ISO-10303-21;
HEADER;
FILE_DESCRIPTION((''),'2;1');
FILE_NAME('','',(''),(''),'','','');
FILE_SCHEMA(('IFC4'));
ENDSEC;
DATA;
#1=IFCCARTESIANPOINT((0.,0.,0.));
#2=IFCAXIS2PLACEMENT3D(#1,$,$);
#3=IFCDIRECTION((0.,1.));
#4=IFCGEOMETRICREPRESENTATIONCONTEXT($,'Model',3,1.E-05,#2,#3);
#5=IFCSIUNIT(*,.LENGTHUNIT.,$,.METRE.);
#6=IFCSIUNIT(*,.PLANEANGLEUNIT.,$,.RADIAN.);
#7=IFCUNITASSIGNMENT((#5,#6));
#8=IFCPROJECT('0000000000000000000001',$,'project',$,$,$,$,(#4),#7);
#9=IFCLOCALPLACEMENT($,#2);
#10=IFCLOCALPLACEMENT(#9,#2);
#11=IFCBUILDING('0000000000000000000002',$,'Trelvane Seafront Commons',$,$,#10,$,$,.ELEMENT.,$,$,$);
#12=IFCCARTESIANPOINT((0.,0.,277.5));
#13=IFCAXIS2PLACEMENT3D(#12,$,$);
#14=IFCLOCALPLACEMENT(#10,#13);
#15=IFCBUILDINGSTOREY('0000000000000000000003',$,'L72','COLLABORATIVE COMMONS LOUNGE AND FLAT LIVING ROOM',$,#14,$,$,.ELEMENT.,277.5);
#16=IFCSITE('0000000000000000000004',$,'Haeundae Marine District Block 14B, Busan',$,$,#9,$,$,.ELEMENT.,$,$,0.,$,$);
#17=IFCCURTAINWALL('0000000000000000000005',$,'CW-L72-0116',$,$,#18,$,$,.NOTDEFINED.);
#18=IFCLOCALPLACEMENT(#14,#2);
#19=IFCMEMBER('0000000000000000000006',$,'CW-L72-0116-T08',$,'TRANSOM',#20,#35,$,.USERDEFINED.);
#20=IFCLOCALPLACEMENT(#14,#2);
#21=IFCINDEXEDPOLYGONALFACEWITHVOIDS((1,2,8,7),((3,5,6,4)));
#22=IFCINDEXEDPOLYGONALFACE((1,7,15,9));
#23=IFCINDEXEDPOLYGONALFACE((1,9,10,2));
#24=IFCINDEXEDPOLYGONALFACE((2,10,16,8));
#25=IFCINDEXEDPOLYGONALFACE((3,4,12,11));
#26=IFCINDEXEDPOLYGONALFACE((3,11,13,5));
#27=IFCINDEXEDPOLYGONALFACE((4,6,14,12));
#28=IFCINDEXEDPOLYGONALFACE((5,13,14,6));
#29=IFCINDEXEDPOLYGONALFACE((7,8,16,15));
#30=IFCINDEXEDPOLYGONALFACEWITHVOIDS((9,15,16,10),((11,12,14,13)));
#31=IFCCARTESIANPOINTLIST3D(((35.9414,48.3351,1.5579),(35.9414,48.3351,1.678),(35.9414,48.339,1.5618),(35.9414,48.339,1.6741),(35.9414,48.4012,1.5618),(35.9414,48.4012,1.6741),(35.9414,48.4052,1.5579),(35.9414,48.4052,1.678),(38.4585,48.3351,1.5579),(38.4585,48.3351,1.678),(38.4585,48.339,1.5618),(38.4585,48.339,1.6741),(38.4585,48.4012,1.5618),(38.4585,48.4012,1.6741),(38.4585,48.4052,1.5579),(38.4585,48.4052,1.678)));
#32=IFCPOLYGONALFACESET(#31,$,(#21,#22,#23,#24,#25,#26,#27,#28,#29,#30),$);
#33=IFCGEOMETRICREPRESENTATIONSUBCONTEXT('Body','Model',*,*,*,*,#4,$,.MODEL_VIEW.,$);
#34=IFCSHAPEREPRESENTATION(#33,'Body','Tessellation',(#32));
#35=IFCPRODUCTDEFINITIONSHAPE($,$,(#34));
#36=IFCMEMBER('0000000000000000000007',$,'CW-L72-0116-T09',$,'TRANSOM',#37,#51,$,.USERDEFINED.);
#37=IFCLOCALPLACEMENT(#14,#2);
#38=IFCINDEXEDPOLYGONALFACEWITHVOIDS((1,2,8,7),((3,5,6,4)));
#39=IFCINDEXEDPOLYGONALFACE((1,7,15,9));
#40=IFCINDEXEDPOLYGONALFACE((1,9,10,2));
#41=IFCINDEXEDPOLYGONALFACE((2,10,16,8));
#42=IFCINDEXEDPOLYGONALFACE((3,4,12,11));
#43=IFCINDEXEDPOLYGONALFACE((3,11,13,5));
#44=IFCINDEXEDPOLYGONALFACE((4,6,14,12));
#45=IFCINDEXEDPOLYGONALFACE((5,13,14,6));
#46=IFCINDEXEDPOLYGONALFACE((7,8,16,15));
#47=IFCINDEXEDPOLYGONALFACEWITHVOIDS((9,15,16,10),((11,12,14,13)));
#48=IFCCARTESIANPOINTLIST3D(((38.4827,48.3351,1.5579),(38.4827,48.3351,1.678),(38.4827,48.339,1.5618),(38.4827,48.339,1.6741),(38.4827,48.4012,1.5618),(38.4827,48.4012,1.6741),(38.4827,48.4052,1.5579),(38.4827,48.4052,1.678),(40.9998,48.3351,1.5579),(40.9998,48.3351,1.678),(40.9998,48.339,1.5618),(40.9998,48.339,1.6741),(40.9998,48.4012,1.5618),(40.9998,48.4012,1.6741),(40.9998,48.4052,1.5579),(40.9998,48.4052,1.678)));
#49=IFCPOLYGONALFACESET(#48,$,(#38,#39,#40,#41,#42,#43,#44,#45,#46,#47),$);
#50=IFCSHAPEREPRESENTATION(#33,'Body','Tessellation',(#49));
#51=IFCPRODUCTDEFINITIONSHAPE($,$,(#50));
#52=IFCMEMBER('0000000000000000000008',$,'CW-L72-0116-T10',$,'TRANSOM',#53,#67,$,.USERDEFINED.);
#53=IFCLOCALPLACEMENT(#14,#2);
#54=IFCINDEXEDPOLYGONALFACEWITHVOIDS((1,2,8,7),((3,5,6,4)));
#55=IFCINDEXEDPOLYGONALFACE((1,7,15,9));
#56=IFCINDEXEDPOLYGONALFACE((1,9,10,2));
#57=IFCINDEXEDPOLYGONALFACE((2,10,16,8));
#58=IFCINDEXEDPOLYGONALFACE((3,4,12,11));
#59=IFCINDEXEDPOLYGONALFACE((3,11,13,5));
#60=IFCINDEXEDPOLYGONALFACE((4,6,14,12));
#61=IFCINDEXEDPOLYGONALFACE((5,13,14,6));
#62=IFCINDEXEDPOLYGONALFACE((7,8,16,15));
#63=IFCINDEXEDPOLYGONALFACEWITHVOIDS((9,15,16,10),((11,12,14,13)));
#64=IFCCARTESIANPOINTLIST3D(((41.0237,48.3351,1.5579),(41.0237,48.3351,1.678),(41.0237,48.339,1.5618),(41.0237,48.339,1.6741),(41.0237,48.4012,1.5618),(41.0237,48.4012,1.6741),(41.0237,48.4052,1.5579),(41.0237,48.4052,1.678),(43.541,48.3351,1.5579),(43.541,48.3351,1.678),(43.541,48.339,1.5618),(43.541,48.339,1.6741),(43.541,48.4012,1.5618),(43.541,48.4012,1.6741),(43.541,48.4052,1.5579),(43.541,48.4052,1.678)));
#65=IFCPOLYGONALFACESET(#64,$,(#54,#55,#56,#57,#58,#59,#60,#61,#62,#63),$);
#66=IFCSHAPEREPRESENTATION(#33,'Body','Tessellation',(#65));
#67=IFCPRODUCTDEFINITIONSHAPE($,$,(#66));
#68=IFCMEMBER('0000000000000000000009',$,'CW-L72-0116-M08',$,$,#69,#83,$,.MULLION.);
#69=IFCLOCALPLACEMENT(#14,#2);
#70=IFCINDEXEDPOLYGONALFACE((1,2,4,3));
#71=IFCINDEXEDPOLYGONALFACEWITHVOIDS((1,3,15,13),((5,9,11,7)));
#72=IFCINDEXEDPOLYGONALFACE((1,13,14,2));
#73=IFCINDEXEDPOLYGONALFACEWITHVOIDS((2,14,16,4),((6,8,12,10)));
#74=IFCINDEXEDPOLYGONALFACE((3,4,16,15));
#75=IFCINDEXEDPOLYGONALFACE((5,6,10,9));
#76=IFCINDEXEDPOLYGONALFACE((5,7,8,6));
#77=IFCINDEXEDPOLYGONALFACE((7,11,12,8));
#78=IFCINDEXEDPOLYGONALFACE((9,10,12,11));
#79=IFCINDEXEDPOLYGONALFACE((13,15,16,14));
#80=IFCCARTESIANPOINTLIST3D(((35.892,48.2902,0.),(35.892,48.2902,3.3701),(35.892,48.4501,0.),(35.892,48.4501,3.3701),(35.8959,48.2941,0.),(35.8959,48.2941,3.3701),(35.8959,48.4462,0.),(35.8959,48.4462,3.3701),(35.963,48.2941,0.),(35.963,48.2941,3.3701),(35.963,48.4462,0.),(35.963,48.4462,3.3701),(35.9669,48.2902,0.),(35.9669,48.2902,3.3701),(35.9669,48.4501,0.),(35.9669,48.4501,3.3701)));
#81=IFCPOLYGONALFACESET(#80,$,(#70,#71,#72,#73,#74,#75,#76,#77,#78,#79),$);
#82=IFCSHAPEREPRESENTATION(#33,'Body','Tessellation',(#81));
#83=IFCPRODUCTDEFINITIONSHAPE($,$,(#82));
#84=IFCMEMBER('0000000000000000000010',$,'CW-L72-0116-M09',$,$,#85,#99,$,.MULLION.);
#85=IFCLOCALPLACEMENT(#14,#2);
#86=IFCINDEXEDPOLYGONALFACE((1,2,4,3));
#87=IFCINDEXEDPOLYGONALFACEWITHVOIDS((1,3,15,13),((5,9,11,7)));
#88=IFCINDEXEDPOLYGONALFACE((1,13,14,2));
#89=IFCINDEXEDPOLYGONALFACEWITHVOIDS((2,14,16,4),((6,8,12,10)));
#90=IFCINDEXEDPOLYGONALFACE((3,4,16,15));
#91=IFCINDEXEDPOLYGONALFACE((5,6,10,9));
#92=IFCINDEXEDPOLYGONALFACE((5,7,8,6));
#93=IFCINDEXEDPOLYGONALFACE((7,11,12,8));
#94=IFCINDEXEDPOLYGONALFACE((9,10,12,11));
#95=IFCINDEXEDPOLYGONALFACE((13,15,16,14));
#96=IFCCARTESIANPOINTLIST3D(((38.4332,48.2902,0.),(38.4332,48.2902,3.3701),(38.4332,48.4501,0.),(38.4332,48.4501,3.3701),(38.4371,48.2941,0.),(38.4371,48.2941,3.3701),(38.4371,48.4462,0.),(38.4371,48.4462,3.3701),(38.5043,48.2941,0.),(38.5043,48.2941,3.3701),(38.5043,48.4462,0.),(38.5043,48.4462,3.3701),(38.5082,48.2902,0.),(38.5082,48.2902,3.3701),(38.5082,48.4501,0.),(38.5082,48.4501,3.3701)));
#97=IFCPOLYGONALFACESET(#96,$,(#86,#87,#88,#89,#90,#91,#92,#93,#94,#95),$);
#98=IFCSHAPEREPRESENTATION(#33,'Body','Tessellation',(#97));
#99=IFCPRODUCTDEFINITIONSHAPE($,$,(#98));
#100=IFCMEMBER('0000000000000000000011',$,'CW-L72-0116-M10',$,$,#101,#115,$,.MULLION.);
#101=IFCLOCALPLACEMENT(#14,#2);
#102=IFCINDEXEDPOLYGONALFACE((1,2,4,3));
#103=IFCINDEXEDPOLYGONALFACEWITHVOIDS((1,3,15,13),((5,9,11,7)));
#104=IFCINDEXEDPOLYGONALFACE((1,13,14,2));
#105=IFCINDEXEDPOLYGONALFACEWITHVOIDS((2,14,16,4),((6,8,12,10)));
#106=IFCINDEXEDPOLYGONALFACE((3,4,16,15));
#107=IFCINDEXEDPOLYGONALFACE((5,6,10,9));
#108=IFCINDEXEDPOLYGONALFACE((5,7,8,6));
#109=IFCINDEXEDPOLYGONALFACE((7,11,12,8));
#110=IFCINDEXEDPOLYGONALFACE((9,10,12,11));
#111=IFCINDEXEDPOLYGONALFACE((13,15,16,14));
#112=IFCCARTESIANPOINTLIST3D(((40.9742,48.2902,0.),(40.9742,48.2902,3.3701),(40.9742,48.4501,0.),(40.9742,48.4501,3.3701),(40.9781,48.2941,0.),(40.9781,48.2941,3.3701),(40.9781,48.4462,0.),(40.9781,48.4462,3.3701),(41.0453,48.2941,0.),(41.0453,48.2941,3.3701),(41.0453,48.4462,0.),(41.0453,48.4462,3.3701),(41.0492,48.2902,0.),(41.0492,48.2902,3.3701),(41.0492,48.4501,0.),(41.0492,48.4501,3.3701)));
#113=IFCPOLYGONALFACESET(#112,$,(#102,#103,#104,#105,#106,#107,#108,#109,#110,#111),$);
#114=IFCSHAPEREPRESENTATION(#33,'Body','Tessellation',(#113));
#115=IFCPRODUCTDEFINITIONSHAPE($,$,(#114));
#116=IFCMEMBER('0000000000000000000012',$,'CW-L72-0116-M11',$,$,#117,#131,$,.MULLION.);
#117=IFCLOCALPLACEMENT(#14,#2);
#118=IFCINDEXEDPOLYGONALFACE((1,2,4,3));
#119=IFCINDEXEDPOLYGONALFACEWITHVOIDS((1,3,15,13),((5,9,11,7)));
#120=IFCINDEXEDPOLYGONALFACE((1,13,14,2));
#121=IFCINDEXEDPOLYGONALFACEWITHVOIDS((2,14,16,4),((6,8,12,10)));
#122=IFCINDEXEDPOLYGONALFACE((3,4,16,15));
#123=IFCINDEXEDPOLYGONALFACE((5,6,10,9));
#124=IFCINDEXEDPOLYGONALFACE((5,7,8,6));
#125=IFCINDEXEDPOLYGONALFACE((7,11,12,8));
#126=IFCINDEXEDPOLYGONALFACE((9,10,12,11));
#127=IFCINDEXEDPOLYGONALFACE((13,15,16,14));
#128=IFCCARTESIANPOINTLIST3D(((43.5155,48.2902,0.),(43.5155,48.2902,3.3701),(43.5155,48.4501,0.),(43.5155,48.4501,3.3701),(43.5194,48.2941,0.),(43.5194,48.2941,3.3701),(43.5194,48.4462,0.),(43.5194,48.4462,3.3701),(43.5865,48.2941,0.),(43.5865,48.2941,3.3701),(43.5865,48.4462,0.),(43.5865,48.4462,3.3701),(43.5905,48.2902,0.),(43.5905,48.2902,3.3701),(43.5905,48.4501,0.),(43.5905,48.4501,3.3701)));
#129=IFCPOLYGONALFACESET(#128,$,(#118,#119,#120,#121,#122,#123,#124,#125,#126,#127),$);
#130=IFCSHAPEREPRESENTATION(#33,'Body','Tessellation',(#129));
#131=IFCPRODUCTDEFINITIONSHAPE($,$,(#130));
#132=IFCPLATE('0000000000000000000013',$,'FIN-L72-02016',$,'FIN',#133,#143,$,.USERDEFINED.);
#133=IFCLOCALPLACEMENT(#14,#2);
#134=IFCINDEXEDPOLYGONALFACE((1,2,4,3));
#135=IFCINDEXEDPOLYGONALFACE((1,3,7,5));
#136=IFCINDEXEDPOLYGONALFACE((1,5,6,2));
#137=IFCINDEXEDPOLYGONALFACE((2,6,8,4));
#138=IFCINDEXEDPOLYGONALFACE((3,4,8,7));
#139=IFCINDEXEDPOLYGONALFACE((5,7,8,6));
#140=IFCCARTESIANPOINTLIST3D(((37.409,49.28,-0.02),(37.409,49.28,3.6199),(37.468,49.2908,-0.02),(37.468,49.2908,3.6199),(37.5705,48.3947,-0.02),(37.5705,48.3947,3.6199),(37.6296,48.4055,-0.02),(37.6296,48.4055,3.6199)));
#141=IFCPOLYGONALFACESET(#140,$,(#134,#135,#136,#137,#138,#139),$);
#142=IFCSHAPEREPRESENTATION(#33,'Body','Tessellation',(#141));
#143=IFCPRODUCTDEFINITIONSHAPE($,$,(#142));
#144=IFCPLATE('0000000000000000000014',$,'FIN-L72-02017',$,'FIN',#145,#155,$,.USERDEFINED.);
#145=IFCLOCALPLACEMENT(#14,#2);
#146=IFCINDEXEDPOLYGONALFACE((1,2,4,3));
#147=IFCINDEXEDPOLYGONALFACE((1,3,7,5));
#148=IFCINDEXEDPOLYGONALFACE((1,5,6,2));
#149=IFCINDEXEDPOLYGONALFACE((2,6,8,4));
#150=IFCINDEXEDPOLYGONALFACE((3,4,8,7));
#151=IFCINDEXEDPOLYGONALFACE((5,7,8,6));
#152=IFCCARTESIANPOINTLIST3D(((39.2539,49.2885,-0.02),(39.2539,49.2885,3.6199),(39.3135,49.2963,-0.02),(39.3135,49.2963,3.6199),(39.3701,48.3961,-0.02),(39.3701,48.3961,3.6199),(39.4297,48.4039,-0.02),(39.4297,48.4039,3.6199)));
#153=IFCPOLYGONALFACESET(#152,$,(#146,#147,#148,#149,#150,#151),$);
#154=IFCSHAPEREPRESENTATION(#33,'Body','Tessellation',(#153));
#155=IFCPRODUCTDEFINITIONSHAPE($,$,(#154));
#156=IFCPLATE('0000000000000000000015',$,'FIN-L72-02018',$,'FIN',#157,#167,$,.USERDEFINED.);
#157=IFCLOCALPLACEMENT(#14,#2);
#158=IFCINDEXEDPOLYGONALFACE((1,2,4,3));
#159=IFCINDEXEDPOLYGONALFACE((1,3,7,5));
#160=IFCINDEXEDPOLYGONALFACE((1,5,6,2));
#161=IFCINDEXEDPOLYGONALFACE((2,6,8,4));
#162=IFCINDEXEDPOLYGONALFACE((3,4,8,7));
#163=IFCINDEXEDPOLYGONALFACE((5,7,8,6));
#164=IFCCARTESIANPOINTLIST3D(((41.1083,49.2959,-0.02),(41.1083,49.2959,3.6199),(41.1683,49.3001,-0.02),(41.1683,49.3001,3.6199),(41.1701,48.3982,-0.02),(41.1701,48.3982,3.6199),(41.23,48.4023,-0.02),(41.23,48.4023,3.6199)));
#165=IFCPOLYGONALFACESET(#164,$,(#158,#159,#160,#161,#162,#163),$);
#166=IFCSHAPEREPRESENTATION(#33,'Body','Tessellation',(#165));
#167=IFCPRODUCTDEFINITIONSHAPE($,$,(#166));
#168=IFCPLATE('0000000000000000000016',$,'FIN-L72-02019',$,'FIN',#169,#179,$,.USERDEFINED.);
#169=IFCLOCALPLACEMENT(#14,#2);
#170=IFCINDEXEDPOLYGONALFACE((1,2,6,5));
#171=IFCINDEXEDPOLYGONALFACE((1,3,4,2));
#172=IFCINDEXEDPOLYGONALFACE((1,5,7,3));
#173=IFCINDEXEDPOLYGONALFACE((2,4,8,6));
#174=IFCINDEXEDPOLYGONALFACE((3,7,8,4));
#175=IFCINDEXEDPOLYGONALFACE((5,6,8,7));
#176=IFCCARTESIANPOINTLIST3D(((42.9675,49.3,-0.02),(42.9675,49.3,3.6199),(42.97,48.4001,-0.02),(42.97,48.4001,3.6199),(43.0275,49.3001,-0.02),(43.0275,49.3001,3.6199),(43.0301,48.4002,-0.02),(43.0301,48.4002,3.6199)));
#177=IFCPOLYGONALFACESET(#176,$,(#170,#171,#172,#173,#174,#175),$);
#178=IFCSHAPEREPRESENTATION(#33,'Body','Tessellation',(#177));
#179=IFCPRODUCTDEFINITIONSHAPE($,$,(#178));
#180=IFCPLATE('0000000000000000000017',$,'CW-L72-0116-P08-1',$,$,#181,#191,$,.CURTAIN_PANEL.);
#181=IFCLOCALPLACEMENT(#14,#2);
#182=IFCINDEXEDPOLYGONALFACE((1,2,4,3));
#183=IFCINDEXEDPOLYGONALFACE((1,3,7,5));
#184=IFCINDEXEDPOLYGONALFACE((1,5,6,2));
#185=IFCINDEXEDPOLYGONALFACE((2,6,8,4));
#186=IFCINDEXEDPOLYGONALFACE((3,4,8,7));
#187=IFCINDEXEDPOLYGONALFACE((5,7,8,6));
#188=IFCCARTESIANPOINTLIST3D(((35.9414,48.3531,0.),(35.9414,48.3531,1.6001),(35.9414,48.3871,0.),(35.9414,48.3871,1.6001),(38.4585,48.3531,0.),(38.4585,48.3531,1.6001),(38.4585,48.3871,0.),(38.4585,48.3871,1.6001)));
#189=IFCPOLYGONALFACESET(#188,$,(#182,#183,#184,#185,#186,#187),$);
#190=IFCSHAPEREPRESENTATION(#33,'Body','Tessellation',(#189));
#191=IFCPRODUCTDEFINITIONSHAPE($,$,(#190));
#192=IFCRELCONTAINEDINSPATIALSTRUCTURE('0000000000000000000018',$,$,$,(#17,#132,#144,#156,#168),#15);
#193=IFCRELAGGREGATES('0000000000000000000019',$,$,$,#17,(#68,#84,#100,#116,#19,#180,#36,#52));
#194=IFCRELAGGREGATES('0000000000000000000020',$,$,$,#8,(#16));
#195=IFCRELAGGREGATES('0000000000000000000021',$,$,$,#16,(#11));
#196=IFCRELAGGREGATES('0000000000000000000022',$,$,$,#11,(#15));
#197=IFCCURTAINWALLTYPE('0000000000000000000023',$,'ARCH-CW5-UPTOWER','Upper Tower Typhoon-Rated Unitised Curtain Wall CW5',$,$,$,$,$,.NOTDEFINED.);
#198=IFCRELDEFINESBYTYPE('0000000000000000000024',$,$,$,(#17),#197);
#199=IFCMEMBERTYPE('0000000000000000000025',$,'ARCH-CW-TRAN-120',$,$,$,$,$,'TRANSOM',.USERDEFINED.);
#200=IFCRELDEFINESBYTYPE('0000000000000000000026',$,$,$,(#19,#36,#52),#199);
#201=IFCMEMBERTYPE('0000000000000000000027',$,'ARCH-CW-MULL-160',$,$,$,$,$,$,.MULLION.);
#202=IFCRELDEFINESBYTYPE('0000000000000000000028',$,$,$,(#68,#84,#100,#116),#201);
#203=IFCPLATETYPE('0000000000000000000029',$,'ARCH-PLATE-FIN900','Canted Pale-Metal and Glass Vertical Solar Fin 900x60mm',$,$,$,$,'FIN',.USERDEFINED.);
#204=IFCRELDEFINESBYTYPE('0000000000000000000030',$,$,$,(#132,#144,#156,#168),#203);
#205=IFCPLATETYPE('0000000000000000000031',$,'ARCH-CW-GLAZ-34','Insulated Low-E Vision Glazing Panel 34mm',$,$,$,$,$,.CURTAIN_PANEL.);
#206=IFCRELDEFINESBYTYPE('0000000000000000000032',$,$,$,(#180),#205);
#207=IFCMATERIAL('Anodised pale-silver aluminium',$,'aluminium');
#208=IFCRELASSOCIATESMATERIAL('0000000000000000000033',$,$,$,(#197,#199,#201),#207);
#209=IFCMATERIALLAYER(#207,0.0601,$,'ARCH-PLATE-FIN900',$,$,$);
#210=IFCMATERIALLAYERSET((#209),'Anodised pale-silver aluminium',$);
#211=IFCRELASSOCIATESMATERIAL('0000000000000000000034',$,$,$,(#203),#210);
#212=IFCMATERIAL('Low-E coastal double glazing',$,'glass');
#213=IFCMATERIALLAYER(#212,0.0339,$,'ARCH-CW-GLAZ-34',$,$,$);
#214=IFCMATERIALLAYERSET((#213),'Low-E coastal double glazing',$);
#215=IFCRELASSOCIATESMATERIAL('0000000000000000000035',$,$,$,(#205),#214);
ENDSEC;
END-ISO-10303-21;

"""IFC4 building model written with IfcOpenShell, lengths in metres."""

from ifc_helpers import new_model, si_unit, direction, frame, origin, origin_2d, place, context, subcontext, project, spatial, rectangle, hollow_rectangle, extrude, source, transform, mapped, material, layer, layer_set, material_profile, profile_set, type_object, element, aggregate, save


model = new_model("IFC4")

# Units and contexts
model_context = context("Model", 3, precision=1e-05, world=origin(), true_north=direction((0.0, 1.0)))
body_context = subcontext(model_context, "Body", "Model", "MODEL_VIEW")
ifc_project = project(units=[si_unit("LENGTHUNIT", "METRE"), si_unit("PLANEANGLEUNIT", "RADIAN")], contexts=[model_context])

# Site, building, storey
site_placement = place(None, origin())
site = spatial("IfcSite", under=ifc_project, at=site_placement, Name="Haeundae Marine District Block 14B, Busan", CompositionType="ELEMENT", RefElevation=0.0)
building_placement = place(site_placement, origin())
building = spatial("IfcBuilding", under=site, at=building_placement, Name="Trelvane Seafront Commons", CompositionType="ELEMENT")
storey_placement = place(building_placement, frame((0.0, 0.0, 277.5)))
storey = spatial("IfcBuildingStorey", under=building, at=storey_placement, Name="L72", Description="COLLABORATIVE COMMONS LOUNGE AND FLAT LIVING ROOM", CompositionType="ELEMENT", Elevation=277.5)

# Curtain wall, members
ifc_material_1 = material(Name="Anodised pale-silver aluminium", Category="aluminium")
curtain_wall_type = type_object("IfcCurtainWallType", Name="ARCH-CW5-UPTOWER", Description="Upper Tower Typhoon-Rated Unitised Curtain Wall CW5", PredefinedType="NOTDEFINED", material=ifc_material_1)
curtain_wall_placement = place(storey_placement, origin())
curtain_wall = element("IfcCurtainWall", 1, at=curtain_wall_placement, inside=storey, type_object=curtain_wall_type, Name="CW-L72-0116", PredefinedType="NOTDEFINED")
ifc_material_profile_1 = material_profile(ifc_material_1, hollow_rectangle(XDim=0.0701, YDim=0.1201, WallThickness=0.0039, at=origin_2d()), Name="TRAN-70x120x4")
ifc_profile_set_1 = profile_set([ifc_material_profile_1], Name="Anodised pale-silver aluminium")
member_type_1 = type_object("IfcMemberType", Name="ARCH-CW-TRAN-120", ElementType="TRANSOM", PredefinedType="USERDEFINED", material=ifc_profile_set_1)
shared_shape_1 = source(origin(), body_context, "Body", "SweptSolid", [
    extrude(hollow_rectangle(XDim=0.0701, YDim=0.1201, WallThickness=0.0039, at=origin_2d()), origin(), (0.0, 0.0, 1.0), 2.5171),
])
member_1_placement = place(storey_placement, frame((35.9414, 48.3701, 1.6179), z_axis=(1.0, 0.0, 0.0), x_axis=(0.0, 1.0, 0.0)))
member_1 = element("IfcMember", 2, at=member_1_placement, type_object=member_type_1, Name="CW-L72-0116-T08", ObjectType="TRANSOM", PredefinedType="USERDEFINED", context=body_context, shape_type="MappedRepresentation", body=[
    mapped(shared_shape_1, transform((0.0, 0.0, 0.0), x_axis=(1.0, 0.0, 0.0), y_axis=(0.0, 1.0, 0.0), z_axis=(0.0, 0.0, 1.0), scale=1.0)),
])
member_2_placement = place(storey_placement, frame((38.4827, 48.3701, 1.6179), z_axis=(1.0, 0.0, 0.0), x_axis=(0.0, 1.0, 0.0)))
member_2 = element("IfcMember", 3, at=member_2_placement, type_object=member_type_1, Name="CW-L72-0116-T09", ObjectType="TRANSOM", PredefinedType="USERDEFINED", context=body_context, shape_type="MappedRepresentation", body=[
    mapped(shared_shape_1, transform((0.0, 0.0, 0.0), x_axis=(1.0, 0.0, 0.0), y_axis=(0.0, 1.0, 0.0), z_axis=(0.0, 0.0, 1.0), scale=1.0)),
])
shared_shape_2 = source(origin(), body_context, "Body", "SweptSolid", [
    extrude(hollow_rectangle(XDim=0.0701, YDim=0.1201, WallThickness=0.0039, at=origin_2d()), origin(), (0.0, 0.0, 1.0), 2.5173),
])
member_3_placement = place(storey_placement, frame((41.0237, 48.3701, 1.6179), z_axis=(1.0, 0.0, 0.0), x_axis=(0.0, 1.0, 0.0)))
member_3 = element("IfcMember", 4, at=member_3_placement, type_object=member_type_1, Name="CW-L72-0116-T10", ObjectType="TRANSOM", PredefinedType="USERDEFINED", context=body_context, shape_type="MappedRepresentation", body=[
    mapped(shared_shape_2, transform((0.0, 0.0, 0.0), x_axis=(1.0, 0.0, 0.0), y_axis=(0.0, 1.0, 0.0), z_axis=(0.0, 0.0, 1.0), scale=1.0)),
])
ifc_material_profile_2 = material_profile(ifc_material_1, hollow_rectangle(XDim=0.075, YDim=0.1599, WallThickness=0.0039, at=origin_2d()), Name="MULL-75x160x4")
ifc_profile_set_2 = profile_set([ifc_material_profile_2], Name="Anodised pale-silver aluminium")
member_type_2 = type_object("IfcMemberType", Name="ARCH-CW-MULL-160", PredefinedType="MULLION", material=ifc_profile_set_2)
shared_shape_3 = source(origin(), body_context, "Body", "SweptSolid", [
    extrude(hollow_rectangle(XDim=0.075, YDim=0.1599, WallThickness=0.0039, at=origin_2d()), origin(), (0.0, 0.0, 1.0), 3.3701),
])
member_4_placement = place(storey_placement, frame((35.9294, 48.3701, 0.0), z_axis=(0.0, 0.0, 1.0), x_axis=(1.0, 0.0, 0.0)))
member_4 = element("IfcMember", 5, at=member_4_placement, type_object=member_type_2, Name="CW-L72-0116-M08", PredefinedType="MULLION", context=body_context, shape_type="MappedRepresentation", body=[
    mapped(shared_shape_3, transform((0.0, 0.0, 0.0), x_axis=(1.0, 0.0, 0.0), y_axis=(0.0, 1.0, 0.0), z_axis=(0.0, 0.0, 1.0), scale=1.0)),
])
member_5_placement = place(storey_placement, frame((38.4707, 48.3701, 0.0), z_axis=(0.0, 0.0, 1.0), x_axis=(1.0, 0.0, 0.0)))
member_5 = element("IfcMember", 6, at=member_5_placement, type_object=member_type_2, Name="CW-L72-0116-M09", PredefinedType="MULLION", context=body_context, shape_type="MappedRepresentation", body=[
    mapped(shared_shape_3, transform((0.0, 0.0, 0.0), x_axis=(1.0, 0.0, 0.0), y_axis=(0.0, 1.0, 0.0), z_axis=(0.0, 0.0, 1.0), scale=1.0)),
])
member_6_placement = place(storey_placement, frame((41.0117, 48.3701, 0.0), z_axis=(0.0, 0.0, 1.0), x_axis=(1.0, 0.0, 0.0)))
member_6 = element("IfcMember", 7, at=member_6_placement, type_object=member_type_2, Name="CW-L72-0116-M10", PredefinedType="MULLION", context=body_context, shape_type="MappedRepresentation", body=[
    mapped(shared_shape_3, transform((0.0, 0.0, 0.0), x_axis=(1.0, 0.0, 0.0), y_axis=(0.0, 1.0, 0.0), z_axis=(0.0, 0.0, 1.0), scale=1.0)),
])
member_7_placement = place(storey_placement, frame((43.553, 48.3701, 0.0), z_axis=(0.0, 0.0, 1.0), x_axis=(1.0, 0.0, 0.0)))
member_7 = element("IfcMember", 8, at=member_7_placement, type_object=member_type_2, Name="CW-L72-0116-M11", PredefinedType="MULLION", context=body_context, shape_type="MappedRepresentation", body=[
    mapped(shared_shape_3, transform((0.0, 0.0, 0.0), x_axis=(1.0, 0.0, 0.0), y_axis=(0.0, 1.0, 0.0), z_axis=(0.0, 0.0, 1.0), scale=1.0)),
])

# Plates
ifc_layer_1 = layer(ifc_material_1, 0.0601, Name="ARCH-PLATE-FIN900")
ifc_layer_set_1 = layer_set([ifc_layer_1], Name="Anodised pale-silver aluminium")
plate_type_1 = type_object("IfcPlateType", Name="ARCH-PLATE-FIN900", Description="Canted Pale-Metal and Glass Vertical Solar Fin 900x60mm", ElementType="FIN", PredefinedType="USERDEFINED", material=ifc_layer_set_1)
shared_shape_4 = source(origin(), body_context, "Body", "SweptSolid", [
    extrude(rectangle(XDim=0.8999, YDim=0.0601, at=origin_2d()), origin(), (0.0, 0.0, 1.0), 3.6399),
])
for number, where, z_axis, x_axis, name in (
    (9, (37.5193, 48.8428, -0.02), (0.0, 0.0, 1.0), (-0.179551, 0.983749, 0.0), "FIN-L72-02016"),
    (10, (39.3418, 48.8462, -0.02), (0.0, 0.0, 1.0), (-0.129107, 0.991631, 0.0), "FIN-L72-02017"),
    (11, (41.1692, 48.8491, -0.02), (0.0, 0.0, 1.0), (-0.068665, 0.99764, 0.0), "FIN-L72-02018"),
    (12, (42.9988, 48.8501, -0.02), (0.0, 0.0, 1.0), (-0.002889, 0.999996, 0.0), "FIN-L72-02019"),
):
    element("IfcPlate", number, at=place(storey_placement, frame(where, z_axis=z_axis, x_axis=x_axis)), inside=storey, type_object=plate_type_1, Name=name, ObjectType="FIN", PredefinedType="USERDEFINED", context=body_context, shape_type="MappedRepresentation", body=[
        mapped(shared_shape_4, transform((0.0, 0.0, 0.0), x_axis=(1.0, 0.0, 0.0), y_axis=(0.0, 1.0, 0.0), z_axis=(0.0, 0.0, 1.0), scale=1.0)),
    ])

# Plate
ifc_material_2 = material(Name="Low-E coastal double glazing", Category="glass")
ifc_layer_2 = layer(ifc_material_2, 0.0339, Name="ARCH-CW-GLAZ-34")
ifc_layer_set_2 = layer_set([ifc_layer_2], Name="Low-E coastal double glazing")
plate_type_2 = type_object("IfcPlateType", Name="ARCH-CW-GLAZ-34", Description="Insulated Low-E Vision Glazing Panel 34mm", PredefinedType="CURTAIN_PANEL", material=ifc_layer_set_2)
shared_shape_5 = source(origin(), body_context, "Body", "SweptSolid", [
    extrude(rectangle(XDim=2.5171, YDim=0.0339, at=origin_2d()), origin(), (0.0, 0.0, 1.0), 1.6001),
])
plate_1_placement = place(storey_placement, frame((37.2, 48.3701, 0.0), z_axis=(0.0, 0.0, 1.0), x_axis=(1.0, 0.0, 0.0)))
plate_1 = element("IfcPlate", 13, at=plate_1_placement, type_object=plate_type_2, Name="CW-L72-0116-P08-1", PredefinedType="CURTAIN_PANEL", context=body_context, shape_type="MappedRepresentation", body=[
    mapped(shared_shape_5, transform((0.0, 0.0, 0.0), x_axis=(1.0, 0.0, 0.0), y_axis=(0.0, 1.0, 0.0), z_axis=(0.0, 0.0, 1.0), scale=1.0)),
])
aggregate(curtain_wall, [member_4, member_5, member_6, member_7, member_1, plate_1, member_2, member_3])

save(model, "model.ifc")
